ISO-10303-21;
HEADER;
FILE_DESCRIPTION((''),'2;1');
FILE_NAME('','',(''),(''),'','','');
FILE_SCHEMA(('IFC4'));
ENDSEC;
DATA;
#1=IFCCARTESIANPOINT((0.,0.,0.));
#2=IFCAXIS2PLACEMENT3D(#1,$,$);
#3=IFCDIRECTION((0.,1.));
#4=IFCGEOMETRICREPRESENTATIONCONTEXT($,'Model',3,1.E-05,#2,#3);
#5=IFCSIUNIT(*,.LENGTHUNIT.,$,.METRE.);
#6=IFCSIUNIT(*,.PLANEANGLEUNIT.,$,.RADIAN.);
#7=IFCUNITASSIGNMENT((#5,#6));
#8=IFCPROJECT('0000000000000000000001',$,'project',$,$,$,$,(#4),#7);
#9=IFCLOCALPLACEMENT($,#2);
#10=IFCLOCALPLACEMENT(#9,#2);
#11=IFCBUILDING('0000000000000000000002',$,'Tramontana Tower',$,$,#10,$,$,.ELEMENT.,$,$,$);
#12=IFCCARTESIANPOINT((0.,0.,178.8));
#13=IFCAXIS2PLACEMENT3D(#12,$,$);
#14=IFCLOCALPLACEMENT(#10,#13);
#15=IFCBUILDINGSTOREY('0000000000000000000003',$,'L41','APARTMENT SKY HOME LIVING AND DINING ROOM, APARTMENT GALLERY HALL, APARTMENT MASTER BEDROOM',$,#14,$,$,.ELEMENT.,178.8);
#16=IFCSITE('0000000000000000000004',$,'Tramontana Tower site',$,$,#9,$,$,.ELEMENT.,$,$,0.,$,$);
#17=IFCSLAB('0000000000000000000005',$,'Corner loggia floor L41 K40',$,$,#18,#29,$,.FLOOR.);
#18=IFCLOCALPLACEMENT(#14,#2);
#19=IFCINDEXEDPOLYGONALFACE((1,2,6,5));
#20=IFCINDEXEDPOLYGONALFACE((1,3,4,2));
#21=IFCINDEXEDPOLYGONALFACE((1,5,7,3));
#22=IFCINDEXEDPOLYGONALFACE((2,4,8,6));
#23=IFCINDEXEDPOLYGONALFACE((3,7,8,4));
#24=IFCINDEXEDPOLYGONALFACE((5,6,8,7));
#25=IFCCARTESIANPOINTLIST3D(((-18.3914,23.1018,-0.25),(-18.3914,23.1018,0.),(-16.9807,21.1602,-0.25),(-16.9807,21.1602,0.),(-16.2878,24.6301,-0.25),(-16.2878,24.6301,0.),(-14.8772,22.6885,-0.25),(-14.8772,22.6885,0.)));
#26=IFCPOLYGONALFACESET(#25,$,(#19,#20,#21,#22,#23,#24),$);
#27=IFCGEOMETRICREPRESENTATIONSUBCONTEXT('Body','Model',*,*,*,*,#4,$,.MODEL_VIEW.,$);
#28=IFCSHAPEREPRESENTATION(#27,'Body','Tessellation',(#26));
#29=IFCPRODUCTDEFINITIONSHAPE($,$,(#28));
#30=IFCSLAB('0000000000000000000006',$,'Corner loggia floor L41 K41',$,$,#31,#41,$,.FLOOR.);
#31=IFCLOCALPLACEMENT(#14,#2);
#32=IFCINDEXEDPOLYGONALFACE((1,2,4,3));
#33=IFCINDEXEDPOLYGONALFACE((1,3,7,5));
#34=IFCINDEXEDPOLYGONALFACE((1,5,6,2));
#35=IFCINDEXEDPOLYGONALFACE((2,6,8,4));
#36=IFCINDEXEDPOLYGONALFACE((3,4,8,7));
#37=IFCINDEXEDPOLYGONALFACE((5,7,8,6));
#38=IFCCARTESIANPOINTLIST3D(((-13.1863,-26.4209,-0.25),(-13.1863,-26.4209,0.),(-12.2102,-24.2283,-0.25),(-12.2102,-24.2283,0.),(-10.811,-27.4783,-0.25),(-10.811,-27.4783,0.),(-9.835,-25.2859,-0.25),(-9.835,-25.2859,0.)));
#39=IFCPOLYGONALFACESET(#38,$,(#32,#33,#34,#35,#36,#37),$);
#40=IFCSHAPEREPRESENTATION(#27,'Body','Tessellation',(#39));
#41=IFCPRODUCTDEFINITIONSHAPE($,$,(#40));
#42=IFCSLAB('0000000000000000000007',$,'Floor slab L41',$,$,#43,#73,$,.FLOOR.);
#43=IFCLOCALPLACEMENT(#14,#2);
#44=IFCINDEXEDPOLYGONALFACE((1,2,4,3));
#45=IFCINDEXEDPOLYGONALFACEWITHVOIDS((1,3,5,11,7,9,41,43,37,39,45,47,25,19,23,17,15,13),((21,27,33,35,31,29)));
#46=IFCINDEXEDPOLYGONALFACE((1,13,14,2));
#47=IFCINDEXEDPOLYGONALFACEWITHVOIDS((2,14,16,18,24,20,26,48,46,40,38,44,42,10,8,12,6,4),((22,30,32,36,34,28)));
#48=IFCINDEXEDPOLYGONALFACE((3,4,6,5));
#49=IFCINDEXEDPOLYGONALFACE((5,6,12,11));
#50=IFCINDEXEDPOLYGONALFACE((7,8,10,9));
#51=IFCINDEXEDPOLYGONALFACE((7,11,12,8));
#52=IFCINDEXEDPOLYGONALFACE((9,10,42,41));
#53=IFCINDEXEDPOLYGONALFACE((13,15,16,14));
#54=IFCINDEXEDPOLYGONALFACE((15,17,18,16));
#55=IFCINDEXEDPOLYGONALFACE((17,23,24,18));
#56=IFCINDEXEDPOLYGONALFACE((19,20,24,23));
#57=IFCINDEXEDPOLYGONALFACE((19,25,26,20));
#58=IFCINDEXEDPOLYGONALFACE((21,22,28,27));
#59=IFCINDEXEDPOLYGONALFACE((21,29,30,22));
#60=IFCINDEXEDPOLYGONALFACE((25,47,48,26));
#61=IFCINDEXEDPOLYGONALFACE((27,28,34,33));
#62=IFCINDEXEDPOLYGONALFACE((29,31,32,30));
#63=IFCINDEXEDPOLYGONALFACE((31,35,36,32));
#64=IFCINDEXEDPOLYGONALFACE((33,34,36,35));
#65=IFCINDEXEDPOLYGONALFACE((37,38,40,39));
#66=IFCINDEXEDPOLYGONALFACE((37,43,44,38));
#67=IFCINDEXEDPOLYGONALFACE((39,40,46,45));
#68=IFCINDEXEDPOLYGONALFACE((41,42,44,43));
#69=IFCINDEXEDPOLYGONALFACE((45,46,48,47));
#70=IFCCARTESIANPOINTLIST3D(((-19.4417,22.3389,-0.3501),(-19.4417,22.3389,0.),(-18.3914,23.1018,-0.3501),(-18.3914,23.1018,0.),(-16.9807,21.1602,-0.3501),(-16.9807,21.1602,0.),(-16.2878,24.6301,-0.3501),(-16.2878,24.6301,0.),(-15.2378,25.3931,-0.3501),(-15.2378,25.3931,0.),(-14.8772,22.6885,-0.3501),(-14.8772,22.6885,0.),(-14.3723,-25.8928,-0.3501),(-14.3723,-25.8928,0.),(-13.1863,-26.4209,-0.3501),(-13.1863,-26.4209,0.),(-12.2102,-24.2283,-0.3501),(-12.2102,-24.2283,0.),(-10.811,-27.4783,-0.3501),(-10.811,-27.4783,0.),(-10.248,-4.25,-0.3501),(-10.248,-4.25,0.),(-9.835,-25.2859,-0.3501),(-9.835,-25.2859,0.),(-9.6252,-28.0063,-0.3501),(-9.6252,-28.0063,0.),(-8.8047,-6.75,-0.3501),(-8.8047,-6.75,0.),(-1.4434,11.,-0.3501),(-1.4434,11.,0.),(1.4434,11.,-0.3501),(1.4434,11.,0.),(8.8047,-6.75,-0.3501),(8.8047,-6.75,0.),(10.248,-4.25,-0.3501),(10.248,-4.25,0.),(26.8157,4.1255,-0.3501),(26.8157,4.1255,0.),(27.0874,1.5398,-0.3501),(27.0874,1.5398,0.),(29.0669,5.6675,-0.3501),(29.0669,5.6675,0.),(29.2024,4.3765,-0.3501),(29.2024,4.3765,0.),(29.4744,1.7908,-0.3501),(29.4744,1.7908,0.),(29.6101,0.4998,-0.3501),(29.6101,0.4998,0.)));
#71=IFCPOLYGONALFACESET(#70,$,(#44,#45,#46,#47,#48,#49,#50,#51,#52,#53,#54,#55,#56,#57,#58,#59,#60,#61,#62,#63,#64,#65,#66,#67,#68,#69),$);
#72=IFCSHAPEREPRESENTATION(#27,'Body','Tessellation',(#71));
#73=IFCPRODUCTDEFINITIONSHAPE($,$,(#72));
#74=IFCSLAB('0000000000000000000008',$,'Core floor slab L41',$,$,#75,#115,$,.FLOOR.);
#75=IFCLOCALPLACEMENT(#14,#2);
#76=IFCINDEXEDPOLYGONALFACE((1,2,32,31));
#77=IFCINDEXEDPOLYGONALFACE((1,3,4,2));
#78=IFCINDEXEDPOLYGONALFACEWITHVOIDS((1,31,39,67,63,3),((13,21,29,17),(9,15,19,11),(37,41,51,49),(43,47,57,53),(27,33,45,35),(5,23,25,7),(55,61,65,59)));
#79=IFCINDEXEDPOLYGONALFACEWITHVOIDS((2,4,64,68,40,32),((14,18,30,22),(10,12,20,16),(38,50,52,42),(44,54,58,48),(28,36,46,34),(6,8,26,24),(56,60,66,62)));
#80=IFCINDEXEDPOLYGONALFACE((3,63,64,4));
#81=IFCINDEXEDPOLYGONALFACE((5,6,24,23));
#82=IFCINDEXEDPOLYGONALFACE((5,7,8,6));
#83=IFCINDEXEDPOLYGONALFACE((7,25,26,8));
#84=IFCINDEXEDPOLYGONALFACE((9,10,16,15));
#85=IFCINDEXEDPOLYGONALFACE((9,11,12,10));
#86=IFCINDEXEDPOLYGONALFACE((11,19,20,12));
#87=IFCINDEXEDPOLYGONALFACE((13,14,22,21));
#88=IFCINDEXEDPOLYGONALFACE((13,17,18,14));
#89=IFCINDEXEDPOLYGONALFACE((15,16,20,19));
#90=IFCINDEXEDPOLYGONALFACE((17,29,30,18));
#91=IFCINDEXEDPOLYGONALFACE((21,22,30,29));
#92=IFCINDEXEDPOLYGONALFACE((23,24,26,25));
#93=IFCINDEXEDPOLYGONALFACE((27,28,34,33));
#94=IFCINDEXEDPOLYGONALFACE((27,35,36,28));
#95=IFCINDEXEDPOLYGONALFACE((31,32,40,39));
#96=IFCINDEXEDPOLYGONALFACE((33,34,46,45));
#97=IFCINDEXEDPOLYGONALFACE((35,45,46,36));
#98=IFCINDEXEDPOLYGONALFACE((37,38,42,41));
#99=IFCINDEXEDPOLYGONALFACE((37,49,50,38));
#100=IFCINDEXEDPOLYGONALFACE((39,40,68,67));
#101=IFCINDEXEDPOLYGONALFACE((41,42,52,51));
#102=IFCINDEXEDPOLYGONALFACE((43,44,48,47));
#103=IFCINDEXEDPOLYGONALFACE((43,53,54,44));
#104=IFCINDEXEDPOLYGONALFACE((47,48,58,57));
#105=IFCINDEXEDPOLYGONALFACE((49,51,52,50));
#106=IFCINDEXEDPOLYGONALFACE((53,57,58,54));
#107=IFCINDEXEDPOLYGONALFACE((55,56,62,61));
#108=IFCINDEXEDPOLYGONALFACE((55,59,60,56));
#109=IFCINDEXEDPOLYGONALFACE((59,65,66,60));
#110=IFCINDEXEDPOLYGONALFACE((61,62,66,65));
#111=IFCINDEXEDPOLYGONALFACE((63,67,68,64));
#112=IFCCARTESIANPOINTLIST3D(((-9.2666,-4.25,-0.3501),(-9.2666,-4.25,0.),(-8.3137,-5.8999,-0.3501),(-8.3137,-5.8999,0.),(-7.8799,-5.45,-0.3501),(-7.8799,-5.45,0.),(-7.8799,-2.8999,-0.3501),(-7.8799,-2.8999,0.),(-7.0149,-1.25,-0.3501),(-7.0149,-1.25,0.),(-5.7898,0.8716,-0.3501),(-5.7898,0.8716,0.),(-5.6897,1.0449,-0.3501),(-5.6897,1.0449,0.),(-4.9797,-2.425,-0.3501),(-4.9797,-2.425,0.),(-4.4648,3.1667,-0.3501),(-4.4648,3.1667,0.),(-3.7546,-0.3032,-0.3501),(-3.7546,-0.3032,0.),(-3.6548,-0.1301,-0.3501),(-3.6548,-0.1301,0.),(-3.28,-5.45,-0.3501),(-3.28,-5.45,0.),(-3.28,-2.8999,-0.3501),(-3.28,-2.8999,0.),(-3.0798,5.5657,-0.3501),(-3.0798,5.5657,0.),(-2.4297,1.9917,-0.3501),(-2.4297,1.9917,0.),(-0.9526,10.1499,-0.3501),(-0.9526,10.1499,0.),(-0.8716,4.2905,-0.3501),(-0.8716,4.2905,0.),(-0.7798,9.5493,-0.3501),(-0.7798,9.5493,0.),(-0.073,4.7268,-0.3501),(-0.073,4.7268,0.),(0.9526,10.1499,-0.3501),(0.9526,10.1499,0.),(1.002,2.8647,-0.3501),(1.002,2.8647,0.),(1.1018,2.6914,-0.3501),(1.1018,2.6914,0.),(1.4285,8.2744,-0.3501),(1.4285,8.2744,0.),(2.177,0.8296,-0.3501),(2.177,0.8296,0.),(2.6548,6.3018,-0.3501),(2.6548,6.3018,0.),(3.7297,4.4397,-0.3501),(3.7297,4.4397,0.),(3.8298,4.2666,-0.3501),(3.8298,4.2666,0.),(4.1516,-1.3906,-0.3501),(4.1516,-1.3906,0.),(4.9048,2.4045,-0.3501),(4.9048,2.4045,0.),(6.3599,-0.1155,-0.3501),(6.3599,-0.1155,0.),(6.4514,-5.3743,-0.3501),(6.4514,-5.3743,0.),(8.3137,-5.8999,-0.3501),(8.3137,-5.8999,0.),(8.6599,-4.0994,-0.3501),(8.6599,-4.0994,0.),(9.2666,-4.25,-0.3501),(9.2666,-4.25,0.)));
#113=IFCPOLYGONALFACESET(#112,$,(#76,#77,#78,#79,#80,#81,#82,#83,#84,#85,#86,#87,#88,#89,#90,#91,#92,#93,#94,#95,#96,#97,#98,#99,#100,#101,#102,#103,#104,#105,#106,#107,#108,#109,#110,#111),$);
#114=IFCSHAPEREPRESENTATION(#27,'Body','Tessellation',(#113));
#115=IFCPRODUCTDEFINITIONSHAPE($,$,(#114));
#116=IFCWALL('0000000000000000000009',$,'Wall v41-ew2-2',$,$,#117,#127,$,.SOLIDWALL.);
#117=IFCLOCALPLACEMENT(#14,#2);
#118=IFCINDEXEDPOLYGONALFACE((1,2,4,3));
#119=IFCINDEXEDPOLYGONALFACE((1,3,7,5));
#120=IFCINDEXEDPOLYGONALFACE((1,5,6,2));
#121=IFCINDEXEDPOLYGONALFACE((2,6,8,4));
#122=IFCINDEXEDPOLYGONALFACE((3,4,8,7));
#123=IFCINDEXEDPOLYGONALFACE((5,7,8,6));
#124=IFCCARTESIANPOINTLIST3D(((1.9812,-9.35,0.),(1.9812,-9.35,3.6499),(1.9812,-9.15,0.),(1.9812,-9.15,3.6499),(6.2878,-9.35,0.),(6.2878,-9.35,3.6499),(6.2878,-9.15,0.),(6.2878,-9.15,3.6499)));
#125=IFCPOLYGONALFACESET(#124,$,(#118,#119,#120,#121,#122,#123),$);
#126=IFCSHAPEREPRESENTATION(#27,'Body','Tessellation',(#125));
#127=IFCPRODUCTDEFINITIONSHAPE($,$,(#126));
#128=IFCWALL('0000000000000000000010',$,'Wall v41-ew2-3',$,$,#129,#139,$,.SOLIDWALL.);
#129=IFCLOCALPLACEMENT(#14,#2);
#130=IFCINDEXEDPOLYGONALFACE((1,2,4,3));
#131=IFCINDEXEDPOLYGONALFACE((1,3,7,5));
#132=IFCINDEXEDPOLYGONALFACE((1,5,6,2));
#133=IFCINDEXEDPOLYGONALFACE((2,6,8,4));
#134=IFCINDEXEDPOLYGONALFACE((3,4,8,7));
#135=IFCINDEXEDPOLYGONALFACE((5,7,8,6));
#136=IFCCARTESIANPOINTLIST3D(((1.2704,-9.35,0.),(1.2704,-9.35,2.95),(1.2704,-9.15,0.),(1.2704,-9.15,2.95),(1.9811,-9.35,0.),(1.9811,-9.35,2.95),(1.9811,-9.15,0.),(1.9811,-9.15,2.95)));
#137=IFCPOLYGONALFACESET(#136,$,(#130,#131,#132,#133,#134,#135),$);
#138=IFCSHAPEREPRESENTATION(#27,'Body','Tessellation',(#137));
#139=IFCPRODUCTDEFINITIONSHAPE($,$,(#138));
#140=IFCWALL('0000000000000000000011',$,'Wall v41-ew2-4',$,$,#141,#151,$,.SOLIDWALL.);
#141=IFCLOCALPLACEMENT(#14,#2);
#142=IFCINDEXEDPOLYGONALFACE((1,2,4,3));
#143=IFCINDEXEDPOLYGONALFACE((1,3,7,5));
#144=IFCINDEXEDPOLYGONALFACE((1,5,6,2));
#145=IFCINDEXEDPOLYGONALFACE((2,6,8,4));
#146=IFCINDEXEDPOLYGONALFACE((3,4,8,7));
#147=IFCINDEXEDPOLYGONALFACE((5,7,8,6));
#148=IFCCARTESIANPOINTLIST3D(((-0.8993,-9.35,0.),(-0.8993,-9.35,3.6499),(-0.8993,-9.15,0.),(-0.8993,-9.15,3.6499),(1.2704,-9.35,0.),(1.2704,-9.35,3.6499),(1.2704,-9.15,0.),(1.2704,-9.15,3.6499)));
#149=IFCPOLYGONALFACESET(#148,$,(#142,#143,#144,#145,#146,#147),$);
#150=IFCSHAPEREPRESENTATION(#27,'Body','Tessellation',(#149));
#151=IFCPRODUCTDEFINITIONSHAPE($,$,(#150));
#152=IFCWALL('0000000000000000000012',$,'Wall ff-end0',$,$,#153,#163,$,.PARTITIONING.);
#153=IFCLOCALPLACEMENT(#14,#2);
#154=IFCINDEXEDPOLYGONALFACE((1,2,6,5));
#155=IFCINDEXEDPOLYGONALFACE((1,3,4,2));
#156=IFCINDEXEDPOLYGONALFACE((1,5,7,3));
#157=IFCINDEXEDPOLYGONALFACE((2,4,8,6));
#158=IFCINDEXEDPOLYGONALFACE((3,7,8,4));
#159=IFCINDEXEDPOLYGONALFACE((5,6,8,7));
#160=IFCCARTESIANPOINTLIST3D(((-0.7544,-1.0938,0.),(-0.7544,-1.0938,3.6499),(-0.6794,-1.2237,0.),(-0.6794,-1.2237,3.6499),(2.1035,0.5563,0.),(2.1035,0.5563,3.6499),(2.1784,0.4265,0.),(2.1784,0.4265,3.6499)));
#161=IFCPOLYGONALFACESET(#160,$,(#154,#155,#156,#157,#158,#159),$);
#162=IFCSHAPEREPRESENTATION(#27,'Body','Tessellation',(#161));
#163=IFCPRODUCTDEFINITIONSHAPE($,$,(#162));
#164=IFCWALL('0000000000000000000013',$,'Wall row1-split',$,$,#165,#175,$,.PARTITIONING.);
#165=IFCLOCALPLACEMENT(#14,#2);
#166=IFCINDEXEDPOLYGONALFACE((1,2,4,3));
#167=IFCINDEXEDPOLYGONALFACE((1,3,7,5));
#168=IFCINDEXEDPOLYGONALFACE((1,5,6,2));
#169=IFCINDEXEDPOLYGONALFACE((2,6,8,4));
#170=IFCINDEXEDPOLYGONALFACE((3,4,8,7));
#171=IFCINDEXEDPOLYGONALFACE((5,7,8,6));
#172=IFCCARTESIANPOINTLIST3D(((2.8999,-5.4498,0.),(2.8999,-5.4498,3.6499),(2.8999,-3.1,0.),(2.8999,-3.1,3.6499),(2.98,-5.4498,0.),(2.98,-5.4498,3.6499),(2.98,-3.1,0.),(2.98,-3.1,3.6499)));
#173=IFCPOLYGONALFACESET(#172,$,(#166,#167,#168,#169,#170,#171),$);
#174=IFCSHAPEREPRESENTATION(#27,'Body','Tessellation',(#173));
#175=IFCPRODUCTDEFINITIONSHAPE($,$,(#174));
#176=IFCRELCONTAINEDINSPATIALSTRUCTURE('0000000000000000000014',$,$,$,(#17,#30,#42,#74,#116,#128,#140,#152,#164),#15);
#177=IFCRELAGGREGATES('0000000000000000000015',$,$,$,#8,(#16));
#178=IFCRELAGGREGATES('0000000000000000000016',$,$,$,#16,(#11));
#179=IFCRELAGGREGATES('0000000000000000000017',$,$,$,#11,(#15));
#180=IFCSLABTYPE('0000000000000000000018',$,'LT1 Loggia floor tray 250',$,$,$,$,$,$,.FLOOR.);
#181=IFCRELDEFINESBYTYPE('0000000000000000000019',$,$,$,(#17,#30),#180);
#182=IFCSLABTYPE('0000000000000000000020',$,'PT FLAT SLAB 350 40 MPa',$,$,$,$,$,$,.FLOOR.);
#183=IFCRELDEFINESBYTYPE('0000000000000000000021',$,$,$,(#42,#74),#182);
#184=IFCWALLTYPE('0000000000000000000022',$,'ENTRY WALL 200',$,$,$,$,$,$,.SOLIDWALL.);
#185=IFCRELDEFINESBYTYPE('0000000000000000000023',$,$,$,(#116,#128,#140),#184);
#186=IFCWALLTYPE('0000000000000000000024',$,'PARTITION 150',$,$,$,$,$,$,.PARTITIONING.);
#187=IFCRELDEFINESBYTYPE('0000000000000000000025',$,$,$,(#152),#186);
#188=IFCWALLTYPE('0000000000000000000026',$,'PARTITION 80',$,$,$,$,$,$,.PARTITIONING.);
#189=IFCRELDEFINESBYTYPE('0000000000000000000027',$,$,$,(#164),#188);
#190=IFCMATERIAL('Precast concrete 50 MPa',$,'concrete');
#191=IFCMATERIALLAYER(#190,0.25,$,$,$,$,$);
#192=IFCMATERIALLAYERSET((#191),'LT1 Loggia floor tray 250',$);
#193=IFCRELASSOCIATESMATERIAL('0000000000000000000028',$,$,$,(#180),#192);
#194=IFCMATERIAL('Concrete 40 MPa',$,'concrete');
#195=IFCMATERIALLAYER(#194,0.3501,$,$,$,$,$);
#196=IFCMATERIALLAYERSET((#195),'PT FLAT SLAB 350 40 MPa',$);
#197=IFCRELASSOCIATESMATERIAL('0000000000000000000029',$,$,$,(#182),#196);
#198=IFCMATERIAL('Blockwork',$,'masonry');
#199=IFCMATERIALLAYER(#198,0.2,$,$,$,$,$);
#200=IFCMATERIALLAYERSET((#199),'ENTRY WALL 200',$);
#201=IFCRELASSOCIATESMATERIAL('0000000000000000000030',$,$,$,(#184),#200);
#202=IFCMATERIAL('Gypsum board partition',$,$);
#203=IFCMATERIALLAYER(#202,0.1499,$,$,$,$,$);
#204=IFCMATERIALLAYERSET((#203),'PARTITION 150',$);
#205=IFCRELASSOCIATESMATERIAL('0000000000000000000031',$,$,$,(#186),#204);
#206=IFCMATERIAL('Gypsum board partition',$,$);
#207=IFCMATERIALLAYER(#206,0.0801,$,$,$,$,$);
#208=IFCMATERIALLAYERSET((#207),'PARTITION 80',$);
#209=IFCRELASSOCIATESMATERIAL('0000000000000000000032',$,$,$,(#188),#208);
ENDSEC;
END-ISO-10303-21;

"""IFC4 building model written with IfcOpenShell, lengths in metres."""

from ifc_helpers import new_model, si_unit, direction, frame, frame_2d, origin, place, context, subcontext, project, spatial, polyline, rectangle, outline, extrude, material, layer, layer_set, type_object, element, save


model = new_model("IFC4")

# Units and contexts
model_context = context("Model", 3, precision=1e-05, world=origin(), true_north=direction((0.0, 1.0)))
body_context = subcontext(model_context, "Body", "Model", "MODEL_VIEW")
ifc_project = project(units=[si_unit("LENGTHUNIT", "METRE"), si_unit("PLANEANGLEUNIT", "RADIAN")], contexts=[model_context])

# Site, building, storey
site_placement = place(None, origin())
site = spatial("IfcSite", under=ifc_project, at=site_placement, Name="Tramontana Tower site", CompositionType="ELEMENT", RefElevation=0.0)
building_placement = place(site_placement, origin())
building = spatial("IfcBuilding", under=site, at=building_placement, Name="Tramontana Tower", CompositionType="ELEMENT")
storey_placement = place(building_placement, frame((0.0, 0.0, 178.8)))
storey = spatial("IfcBuildingStorey", under=building, at=storey_placement, Name="L41", Description="APARTMENT SKY HOME LIVING AND DINING ROOM, APARTMENT GALLERY HALL, APARTMENT MASTER BEDROOM", CompositionType="ELEMENT", Elevation=178.8)

# Slabs
ifc_material_1 = material(Name="Precast concrete 50 MPa", Category="concrete")
ifc_layer_1 = layer(ifc_material_1, 0.25)
ifc_layer_set_1 = layer_set([ifc_layer_1], Name="LT1 Loggia floor tray 250")
slab_type_1 = type_object("IfcSlabType", Name="LT1 Loggia floor tray 250", PredefinedType="FLOOR", material=ifc_layer_set_1)
slab_1_placement = place(storey_placement, frame((0.0, 0.0, -0.25)))
element("IfcSlab", 1, at=slab_1_placement, inside=storey, type_object=slab_type_1, Name="Corner loggia floor L41 K40", PredefinedType="FLOOR", context=body_context, shape_type="SweptSolid", body=[
    extrude(outline(polyline([(-16.2878, 24.6301), (-14.8772, 22.6885), (-16.9807, 21.1602), (-18.3914, 23.1018), (-16.2878, 24.6301)])), origin(), (0.0, 0.0, 1.0), 0.25),
])
slab_2_placement = place(storey_placement, frame((0.0, 0.0, -0.25)))
element("IfcSlab", 2, at=slab_2_placement, inside=storey, type_object=slab_type_1, Name="Corner loggia floor L41 K41", PredefinedType="FLOOR", context=body_context, shape_type="SweptSolid", body=[
    extrude(outline(polyline([(-13.1863, -26.4209), (-12.2102, -24.2283), (-9.835, -25.2859), (-10.811, -27.4783), (-13.1863, -26.4209)])), origin(), (0.0, 0.0, 1.0), 0.25),
])
ifc_material_2 = material(Name="Concrete 40 MPa", Category="concrete")
ifc_layer_2 = layer(ifc_material_2, 0.3501)
ifc_layer_set_2 = layer_set([ifc_layer_2], Name="PT FLAT SLAB 350 40 MPa")
slab_type_2 = type_object("IfcSlabType", Name="PT FLAT SLAB 350 40 MPa", PredefinedType="FLOOR", material=ifc_layer_set_2)
slab_3_placement = place(storey_placement, frame((0.0, 0.0, -0.3501)))
element("IfcSlab", 3, at=slab_3_placement, inside=storey, type_object=slab_type_2, Name="Floor slab L41", PredefinedType="FLOOR", context=body_context, shape_type="SweptSolid", body=[
    extrude(outline(polyline([(29.2024, 4.3765), (26.8157, 4.1255), (27.0874, 1.5398), (29.4744, 1.7908), (29.6101, 0.4998), (-9.6252, -28.0063), (-10.811, -27.4783), (-9.835, -25.2859), (-12.2102, -24.2283), (-13.1863, -26.4209), (-14.3723, -25.8928), (-19.4417, 22.3389), (-18.3914, 23.1018), (-16.9807, 21.1602), (-14.8772, 22.6885), (-16.2878, 24.6301), (-15.2378, 25.3931), (29.0669, 5.6675), (29.2024, 4.3765)]), holes=[polyline([(-10.248, -4.25), (-8.8047, -6.75), (8.8047, -6.75), (10.248, -4.25), (1.4434, 11.0), (-1.4434, 11.0), (-10.248, -4.25)])]), origin(), (0.0, 0.0, 1.0), 0.3501),
])
slab_4_placement = place(storey_placement, frame((0.0, 0.0, -0.3501)))
element("IfcSlab", 4, at=slab_4_placement, inside=storey, type_object=slab_type_2, Name="Core floor slab L41", PredefinedType="FLOOR", context=body_context, shape_type="SweptSolid", body=[
    extrude(outline(polyline([(9.2666, -4.25), (8.3137, -5.8999), (-8.3137, -5.8999), (-9.2666, -4.25), (-0.9526, 10.1499), (0.9526, 10.1499), (9.2666, -4.25)]), holes=[polyline([(8.6599, -4.0994), (6.3599, -0.1155), (4.1516, -1.3906), (6.4514, -5.3743), (8.6599, -4.0994)]), polyline([(3.8298, 4.2666), (1.1018, 2.6914), (2.177, 0.8296), (4.9048, 2.4045), (3.8298, 4.2666)]), polyline([(2.6548, 6.3018), (-0.073, 4.7268), (1.002, 2.8647), (3.7297, 4.4397), (2.6548, 6.3018)]), polyline([(-0.7798, 9.5493), (-3.0798, 5.5657), (-0.8716, 4.2905), (1.4285, 8.2744), (-0.7798, 9.5493)]), polyline([(-5.6897, 1.0449), (-3.6548, -0.1301), (-2.4297, 1.9917), (-4.4648, 3.1667), (-5.6897, 1.0449)]), polyline([(-3.28, -5.45), (-3.28, -2.8999), (-7.8799, -2.8999), (-7.8799, -5.45), (-3.28, -5.45)]), polyline([(-7.0149, -1.25), (-4.9797, -2.425), (-3.7546, -0.3032), (-5.7898, 0.8716), (-7.0149, -1.25)])]), origin(), (0.0, 0.0, 1.0), 0.3501),
])

# Walls
ifc_material_3 = material(Name="Blockwork", Category="masonry")
ifc_layer_3 = layer(ifc_material_3, 0.2)
ifc_layer_set_3 = layer_set([ifc_layer_3], Name="ENTRY WALL 200")
wall_type_1 = type_object("IfcWallType", Name="ENTRY WALL 200", PredefinedType="SOLIDWALL", material=ifc_layer_set_3)
wall_1_placement = place(storey_placement, frame((6.2878, -9.25, 0.0), z_axis=(0.0, 0.0, 1.0), x_axis=(-1.0, 0.0, 0.0)))
element("IfcWall", 5, at=wall_1_placement, inside=storey, type_object=wall_type_1, Name="Wall v41-ew2-2", PredefinedType="SOLIDWALL", context=body_context, shape_type="SweptSolid", body=[
    extrude(rectangle(XDim=4.3066, YDim=0.2, at=frame_2d((2.1533, 0.0))), origin(), (0.0, 0.0, 1.0), 3.6499),
])
wall_2_placement = place(storey_placement, frame((1.9812, -9.25, 0.0), z_axis=(0.0, 0.0, 1.0), x_axis=(-1.0, 0.0, 0.0)))
element("IfcWall", 6, at=wall_2_placement, inside=storey, type_object=wall_type_1, Name="Wall v41-ew2-3", PredefinedType="SOLIDWALL", context=body_context, shape_type="SweptSolid", body=[
    extrude(rectangle(XDim=0.7107, YDim=0.2, at=frame_2d((0.3555, 0.0))), origin(), (0.0, 0.0, 1.0), 2.95),
])
wall_3_placement = place(storey_placement, frame((1.2705, -9.25, 0.0), z_axis=(0.0, 0.0, 1.0), x_axis=(-1.0, 0.0, 0.0)))
element("IfcWall", 7, at=wall_3_placement, inside=storey, type_object=wall_type_1, Name="Wall v41-ew2-4", PredefinedType="SOLIDWALL", context=body_context, shape_type="SweptSolid", body=[
    extrude(rectangle(XDim=2.1697, YDim=0.2, at=frame_2d((1.085, 0.0))), origin(), (0.0, 0.0, 1.0), 3.6499),
])

# Shared definitions
ifc_material_4 = material(Name="Gypsum board partition")
ifc_layer_4 = layer(ifc_material_4, 0.1499)
ifc_layer_set_4 = layer_set([ifc_layer_4], Name="PARTITION 150")
wall_type_2 = type_object("IfcWallType", Name="PARTITION 150", PredefinedType="PARTITIONING", material=ifc_layer_set_4)

# Walls
wall_4_placement = place(storey_placement, frame((-0.7168, -1.1587, 0.0), z_axis=(0.0, 0.0, 1.0), x_axis=(0.866008, 0.50003, 0.0)))
element("IfcWall", 8, at=wall_4_placement, inside=storey, type_object=wall_type_2, Name="Wall ff-end0", PredefinedType="PARTITIONING", context=body_context, shape_type="SweptSolid", body=[
    extrude(rectangle(XDim=3.3, YDim=0.1499, at=frame_2d((1.6499, 0.0))), origin(), (0.0, 0.0, 1.0), 3.6499),
])
ifc_material_5 = material(Name="Gypsum board partition")
ifc_layer_5 = layer(ifc_material_5, 0.0801)
ifc_layer_set_5 = layer_set([ifc_layer_5], Name="PARTITION 80")
wall_type_3 = type_object("IfcWallType", Name="PARTITION 80", PredefinedType="PARTITIONING", material=ifc_layer_set_5)
wall_5_placement = place(storey_placement, frame((2.9399, -3.1001, 0.0), z_axis=(0.0, 0.0, 1.0), x_axis=(0.0, -1.0, 0.0)))
element("IfcWall", 9, at=wall_5_placement, inside=storey, type_object=wall_type_3, Name="Wall row1-split", PredefinedType="PARTITIONING", context=body_context, shape_type="SweptSolid", body=[
    extrude(rectangle(XDim=2.3499, YDim=0.0801, at=frame_2d((1.1748, 0.0))), origin(), (0.0, 0.0, 1.0), 3.6499),
])

save(model, "model.ifc")
